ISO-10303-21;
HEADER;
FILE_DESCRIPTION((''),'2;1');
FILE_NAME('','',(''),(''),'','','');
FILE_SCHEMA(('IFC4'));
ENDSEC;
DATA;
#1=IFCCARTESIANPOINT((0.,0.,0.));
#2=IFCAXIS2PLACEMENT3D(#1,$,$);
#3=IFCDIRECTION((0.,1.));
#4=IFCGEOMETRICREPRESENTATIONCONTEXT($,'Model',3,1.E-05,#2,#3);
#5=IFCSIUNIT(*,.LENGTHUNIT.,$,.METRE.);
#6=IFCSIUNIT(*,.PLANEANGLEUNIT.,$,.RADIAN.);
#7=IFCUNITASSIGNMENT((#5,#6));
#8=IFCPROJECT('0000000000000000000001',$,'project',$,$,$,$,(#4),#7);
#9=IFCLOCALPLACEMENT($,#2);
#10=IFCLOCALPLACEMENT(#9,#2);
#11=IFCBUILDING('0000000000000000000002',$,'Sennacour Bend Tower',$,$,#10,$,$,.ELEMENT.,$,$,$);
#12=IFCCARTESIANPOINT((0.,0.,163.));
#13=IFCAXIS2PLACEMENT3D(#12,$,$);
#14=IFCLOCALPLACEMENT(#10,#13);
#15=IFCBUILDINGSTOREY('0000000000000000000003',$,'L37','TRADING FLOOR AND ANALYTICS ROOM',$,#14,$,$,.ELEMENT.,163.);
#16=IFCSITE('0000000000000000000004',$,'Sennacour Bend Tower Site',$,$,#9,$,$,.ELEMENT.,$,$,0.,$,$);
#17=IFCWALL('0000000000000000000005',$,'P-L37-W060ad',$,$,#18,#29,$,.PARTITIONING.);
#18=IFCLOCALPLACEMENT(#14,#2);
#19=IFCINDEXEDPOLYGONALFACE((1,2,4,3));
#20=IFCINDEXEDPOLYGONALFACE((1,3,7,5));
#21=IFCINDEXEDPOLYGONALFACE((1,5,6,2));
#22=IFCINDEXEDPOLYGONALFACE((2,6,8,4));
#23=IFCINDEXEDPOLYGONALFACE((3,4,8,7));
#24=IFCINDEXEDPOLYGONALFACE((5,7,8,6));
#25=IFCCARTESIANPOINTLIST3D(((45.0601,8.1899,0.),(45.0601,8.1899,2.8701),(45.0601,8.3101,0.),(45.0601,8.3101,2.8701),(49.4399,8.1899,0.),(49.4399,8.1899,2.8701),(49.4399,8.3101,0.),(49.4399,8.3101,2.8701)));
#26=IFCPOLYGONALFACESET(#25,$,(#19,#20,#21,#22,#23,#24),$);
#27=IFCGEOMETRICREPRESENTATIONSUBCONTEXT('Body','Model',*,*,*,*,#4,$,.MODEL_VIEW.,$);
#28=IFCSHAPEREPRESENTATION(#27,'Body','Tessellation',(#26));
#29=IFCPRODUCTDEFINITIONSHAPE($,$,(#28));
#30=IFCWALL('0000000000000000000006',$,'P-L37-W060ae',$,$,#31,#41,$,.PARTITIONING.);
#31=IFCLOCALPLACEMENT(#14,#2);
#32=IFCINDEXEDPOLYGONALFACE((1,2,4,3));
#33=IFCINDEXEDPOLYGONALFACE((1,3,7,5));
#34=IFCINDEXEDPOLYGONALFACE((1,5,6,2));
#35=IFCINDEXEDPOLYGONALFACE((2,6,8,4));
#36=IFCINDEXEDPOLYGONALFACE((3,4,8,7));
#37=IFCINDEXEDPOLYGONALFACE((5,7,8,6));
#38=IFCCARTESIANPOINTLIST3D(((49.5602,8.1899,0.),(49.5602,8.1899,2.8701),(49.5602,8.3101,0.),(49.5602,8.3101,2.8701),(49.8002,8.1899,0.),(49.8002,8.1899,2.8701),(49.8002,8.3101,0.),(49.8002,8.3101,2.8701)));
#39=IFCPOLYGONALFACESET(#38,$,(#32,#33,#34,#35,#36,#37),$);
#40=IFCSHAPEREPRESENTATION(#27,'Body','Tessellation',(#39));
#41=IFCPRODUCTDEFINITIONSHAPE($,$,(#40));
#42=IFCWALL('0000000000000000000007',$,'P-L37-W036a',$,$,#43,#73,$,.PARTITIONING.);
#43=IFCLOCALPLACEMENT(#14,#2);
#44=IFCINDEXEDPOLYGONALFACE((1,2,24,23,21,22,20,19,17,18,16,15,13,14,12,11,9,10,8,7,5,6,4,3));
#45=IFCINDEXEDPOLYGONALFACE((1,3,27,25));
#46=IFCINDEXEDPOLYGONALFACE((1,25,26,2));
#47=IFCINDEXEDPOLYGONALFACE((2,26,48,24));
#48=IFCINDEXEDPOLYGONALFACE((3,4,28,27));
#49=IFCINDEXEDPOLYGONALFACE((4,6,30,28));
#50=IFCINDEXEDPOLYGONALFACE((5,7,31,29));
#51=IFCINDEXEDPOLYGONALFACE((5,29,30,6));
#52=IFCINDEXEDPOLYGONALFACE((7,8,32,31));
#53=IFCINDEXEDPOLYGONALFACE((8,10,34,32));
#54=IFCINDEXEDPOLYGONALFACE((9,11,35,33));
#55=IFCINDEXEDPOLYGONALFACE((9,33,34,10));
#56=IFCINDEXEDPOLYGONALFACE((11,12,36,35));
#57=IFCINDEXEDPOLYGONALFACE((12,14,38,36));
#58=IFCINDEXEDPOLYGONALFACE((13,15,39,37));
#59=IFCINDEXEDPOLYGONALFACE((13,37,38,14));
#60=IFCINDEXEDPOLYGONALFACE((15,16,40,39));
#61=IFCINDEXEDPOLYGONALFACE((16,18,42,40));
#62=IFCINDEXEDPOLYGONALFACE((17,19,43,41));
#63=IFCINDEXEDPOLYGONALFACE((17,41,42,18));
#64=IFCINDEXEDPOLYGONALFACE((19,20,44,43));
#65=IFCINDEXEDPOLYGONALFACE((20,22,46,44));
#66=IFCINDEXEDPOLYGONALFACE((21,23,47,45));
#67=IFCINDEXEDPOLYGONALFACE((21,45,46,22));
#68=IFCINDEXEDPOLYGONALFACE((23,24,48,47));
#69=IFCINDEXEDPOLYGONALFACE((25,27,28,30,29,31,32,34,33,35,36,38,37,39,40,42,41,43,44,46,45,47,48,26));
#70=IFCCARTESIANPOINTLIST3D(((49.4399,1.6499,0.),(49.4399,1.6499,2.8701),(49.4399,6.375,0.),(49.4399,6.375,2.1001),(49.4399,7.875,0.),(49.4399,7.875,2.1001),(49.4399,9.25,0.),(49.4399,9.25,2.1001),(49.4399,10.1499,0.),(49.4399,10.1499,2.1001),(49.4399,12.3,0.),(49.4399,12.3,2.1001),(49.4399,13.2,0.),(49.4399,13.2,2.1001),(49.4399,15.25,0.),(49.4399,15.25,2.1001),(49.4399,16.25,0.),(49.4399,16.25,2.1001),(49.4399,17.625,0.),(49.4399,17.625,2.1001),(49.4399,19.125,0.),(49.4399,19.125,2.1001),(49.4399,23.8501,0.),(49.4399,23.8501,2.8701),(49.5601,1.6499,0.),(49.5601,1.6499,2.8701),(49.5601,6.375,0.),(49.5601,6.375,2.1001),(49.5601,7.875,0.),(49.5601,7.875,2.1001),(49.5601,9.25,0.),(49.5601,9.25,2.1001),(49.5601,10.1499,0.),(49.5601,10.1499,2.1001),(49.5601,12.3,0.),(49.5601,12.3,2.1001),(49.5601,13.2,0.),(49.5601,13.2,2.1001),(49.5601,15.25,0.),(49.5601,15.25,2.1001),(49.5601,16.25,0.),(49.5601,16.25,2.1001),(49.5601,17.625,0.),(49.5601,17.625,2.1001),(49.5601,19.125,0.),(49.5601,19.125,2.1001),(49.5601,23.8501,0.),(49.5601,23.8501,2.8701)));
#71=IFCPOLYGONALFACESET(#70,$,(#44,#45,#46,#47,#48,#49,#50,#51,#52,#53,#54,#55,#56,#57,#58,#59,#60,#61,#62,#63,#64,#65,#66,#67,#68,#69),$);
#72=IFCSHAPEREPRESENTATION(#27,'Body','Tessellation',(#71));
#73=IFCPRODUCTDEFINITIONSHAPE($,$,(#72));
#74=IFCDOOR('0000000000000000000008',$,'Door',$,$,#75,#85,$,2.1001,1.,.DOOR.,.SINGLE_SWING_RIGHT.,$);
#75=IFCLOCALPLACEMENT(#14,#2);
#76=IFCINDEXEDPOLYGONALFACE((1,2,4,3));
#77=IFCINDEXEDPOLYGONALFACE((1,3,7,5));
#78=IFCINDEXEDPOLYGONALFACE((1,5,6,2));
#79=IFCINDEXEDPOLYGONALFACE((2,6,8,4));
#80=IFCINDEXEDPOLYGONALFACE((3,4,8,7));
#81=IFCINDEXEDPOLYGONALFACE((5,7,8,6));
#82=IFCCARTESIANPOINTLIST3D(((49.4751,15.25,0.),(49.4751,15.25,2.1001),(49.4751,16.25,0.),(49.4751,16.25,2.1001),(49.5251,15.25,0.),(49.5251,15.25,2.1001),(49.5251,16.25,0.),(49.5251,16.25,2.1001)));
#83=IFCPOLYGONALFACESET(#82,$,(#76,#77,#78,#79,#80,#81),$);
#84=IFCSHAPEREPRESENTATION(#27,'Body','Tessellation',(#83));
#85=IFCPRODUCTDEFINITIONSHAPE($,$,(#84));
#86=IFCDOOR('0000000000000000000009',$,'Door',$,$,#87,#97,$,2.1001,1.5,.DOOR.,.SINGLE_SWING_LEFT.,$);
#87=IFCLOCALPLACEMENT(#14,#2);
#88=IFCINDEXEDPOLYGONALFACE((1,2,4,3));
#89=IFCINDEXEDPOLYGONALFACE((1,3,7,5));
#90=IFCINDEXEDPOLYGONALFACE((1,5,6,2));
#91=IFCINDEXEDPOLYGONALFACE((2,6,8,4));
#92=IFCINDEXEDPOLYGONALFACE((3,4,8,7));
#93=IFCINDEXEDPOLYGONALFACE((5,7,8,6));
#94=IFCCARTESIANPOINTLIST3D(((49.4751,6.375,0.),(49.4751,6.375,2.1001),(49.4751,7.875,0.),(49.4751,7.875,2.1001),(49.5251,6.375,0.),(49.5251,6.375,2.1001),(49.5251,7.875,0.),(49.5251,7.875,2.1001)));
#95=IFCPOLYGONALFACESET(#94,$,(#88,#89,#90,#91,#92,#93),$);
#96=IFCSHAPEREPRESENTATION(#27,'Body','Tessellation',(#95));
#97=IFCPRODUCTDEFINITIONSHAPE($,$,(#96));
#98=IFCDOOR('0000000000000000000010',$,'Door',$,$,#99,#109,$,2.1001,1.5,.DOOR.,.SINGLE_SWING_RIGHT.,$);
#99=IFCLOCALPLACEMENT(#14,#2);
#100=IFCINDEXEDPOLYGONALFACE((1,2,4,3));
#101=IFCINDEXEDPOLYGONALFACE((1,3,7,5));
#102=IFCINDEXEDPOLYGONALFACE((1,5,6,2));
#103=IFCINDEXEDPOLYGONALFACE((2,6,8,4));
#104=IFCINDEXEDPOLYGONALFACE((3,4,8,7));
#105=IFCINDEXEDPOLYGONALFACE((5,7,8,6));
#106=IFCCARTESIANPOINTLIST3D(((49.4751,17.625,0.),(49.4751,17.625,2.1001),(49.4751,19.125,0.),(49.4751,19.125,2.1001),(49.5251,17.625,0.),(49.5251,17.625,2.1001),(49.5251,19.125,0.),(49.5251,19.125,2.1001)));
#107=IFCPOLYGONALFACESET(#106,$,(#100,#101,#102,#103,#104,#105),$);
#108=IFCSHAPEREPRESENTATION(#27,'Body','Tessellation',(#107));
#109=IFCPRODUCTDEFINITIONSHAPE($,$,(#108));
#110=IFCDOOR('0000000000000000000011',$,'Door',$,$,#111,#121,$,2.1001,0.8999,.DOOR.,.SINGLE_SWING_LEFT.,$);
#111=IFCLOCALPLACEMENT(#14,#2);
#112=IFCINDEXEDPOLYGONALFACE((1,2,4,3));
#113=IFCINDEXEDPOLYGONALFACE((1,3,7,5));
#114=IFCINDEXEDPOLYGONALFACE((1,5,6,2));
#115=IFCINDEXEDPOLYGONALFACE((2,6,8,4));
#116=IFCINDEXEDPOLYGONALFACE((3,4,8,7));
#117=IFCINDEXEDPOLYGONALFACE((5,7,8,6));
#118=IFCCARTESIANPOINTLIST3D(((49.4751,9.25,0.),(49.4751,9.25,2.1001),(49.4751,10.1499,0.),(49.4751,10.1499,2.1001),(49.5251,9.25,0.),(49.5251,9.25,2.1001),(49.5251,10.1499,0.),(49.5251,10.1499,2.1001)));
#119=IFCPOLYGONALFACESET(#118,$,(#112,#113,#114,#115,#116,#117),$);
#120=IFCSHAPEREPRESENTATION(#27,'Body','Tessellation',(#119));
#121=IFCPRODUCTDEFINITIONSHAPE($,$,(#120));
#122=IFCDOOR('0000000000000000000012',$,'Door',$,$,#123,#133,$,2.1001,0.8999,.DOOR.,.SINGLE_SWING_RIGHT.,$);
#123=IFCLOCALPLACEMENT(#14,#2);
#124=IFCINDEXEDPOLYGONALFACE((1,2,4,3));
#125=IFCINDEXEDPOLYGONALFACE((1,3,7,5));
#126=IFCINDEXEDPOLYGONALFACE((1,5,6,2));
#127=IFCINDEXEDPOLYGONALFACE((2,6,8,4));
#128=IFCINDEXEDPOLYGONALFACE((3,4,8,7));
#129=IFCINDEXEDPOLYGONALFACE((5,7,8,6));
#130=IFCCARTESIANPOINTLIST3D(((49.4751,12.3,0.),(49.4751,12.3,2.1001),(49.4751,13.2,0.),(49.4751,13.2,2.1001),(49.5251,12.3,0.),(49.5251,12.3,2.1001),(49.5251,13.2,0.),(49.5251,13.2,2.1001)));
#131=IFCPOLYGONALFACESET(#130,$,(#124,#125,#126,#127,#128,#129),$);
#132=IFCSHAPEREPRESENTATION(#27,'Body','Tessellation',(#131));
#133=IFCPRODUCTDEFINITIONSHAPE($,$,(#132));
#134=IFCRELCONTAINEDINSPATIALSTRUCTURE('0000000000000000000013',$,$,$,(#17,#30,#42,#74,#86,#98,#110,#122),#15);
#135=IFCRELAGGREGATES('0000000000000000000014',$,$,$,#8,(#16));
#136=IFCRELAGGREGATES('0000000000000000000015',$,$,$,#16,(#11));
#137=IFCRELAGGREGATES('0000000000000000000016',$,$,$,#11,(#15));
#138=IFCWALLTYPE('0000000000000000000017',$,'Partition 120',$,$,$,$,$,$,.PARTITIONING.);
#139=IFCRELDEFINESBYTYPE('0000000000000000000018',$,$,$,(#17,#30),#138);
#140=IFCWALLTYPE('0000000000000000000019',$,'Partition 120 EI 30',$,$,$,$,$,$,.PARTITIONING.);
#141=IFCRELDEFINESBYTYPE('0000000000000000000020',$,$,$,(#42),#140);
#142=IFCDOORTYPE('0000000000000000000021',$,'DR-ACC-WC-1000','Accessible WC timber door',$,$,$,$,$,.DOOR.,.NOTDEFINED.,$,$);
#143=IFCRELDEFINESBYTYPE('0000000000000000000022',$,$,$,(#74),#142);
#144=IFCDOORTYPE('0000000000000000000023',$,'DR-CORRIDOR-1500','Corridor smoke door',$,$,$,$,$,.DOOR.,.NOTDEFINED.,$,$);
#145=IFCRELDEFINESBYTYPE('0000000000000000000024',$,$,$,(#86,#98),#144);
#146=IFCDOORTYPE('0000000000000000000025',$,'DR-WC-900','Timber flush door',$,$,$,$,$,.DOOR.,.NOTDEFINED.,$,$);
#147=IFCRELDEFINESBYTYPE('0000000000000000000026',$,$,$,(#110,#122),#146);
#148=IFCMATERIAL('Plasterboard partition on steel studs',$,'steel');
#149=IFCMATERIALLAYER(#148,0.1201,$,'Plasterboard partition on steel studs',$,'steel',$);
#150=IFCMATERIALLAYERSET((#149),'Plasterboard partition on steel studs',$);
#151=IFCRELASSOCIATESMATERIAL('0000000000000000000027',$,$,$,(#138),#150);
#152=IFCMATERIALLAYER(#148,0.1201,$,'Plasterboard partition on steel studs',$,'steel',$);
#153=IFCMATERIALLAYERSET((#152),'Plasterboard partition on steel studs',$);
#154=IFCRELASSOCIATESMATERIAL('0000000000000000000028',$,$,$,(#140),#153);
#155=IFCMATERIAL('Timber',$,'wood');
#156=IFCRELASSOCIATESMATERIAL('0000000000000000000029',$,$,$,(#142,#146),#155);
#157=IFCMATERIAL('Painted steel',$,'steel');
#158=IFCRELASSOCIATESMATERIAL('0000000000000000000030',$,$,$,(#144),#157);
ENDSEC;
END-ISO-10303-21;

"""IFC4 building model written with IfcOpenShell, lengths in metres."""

from ifc_helpers import new_model, si_unit, direction, frame, frame_2d, origin, place, context, subcontext, project, spatial, rectangle, extrude, material, layer, layer_set, type_object, element, fill, save


model = new_model("IFC4")

# Units and contexts
model_context = context("Model", 3, precision=1e-05, world=origin(), true_north=direction((0.0, 1.0)))
body_context = subcontext(model_context, "Body", "Model", "MODEL_VIEW")
ifc_project = project(units=[si_unit("LENGTHUNIT", "METRE"), si_unit("PLANEANGLEUNIT", "RADIAN")], contexts=[model_context])

# Site, building, storey
site_placement = place(None, origin())
site = spatial("IfcSite", under=ifc_project, at=site_placement, Name="Sennacour Bend Tower Site", CompositionType="ELEMENT", RefElevation=0.0)
building_placement = place(site_placement, origin())
building = spatial("IfcBuilding", under=site, at=building_placement, Name="Sennacour Bend Tower", CompositionType="ELEMENT")
storey_placement = place(building_placement, frame((0.0, 0.0, 163.0)))
storey = spatial("IfcBuildingStorey", under=building, at=storey_placement, Name="L37", Description="TRADING FLOOR AND ANALYTICS ROOM", CompositionType="ELEMENT", Elevation=163.0)

# Walls
ifc_material_1 = material(Name="Plasterboard partition on steel studs", Category="steel")
ifc_layer_1 = layer(ifc_material_1, 0.1201, Name="Plasterboard partition on steel studs", Category="steel")
ifc_layer_set_1 = layer_set([ifc_layer_1], Name="Plasterboard partition on steel studs")
wall_type_1 = type_object("IfcWallType", Name="Partition 120", PredefinedType="PARTITIONING", material=ifc_layer_set_1)
wall_1_placement = place(storey_placement, frame((45.0601, 8.25, 0.0), z_axis=(0.0, 0.0, 1.0), x_axis=(1.0, 0.0, 0.0)))
element("IfcWall", 1, at=wall_1_placement, inside=storey, type_object=wall_type_1, Name="P-L37-W060ad", PredefinedType="PARTITIONING", context=body_context, shape_type="SweptSolid", body=[
    extrude(rectangle(XDim=4.3799, YDim=0.1201, at=frame_2d((2.1899, 0.0))), origin(), (0.0, 0.0, 1.0), 2.8701),
])
wall_2_placement = place(storey_placement, frame((49.5601, 8.25, 0.0), z_axis=(0.0, 0.0, 1.0), x_axis=(1.0, 0.0, 0.0)))
element("IfcWall", 2, at=wall_2_placement, inside=storey, type_object=wall_type_1, Name="P-L37-W060ae", PredefinedType="PARTITIONING", context=body_context, shape_type="SweptSolid", body=[
    extrude(rectangle(XDim=0.24, YDim=0.1201, at=frame_2d((0.1201, 0.0))), origin(), (0.0, 0.0, 1.0), 2.8701),
])

# Wall, openings, doors
ifc_layer_2 = layer(ifc_material_1, 0.1201, Name="Plasterboard partition on steel studs", Category="steel")
ifc_layer_set_2 = layer_set([ifc_layer_2], Name="Plasterboard partition on steel studs")
wall_type_2 = type_object("IfcWallType", Name="Partition 120 EI 30", PredefinedType="PARTITIONING", material=ifc_layer_set_2)
wall_3_placement = place(storey_placement, frame((49.5, 1.6499, 0.0), z_axis=(0.0, 0.0, 1.0), x_axis=(0.0, 1.0, 0.0)))
wall_3 = element("IfcWall", 3, at=wall_3_placement, inside=storey, type_object=wall_type_2, Name="P-L37-W036a", PredefinedType="PARTITIONING", context=body_context, shape_type="SweptSolid", body=[
    extrude(rectangle(XDim=22.2002, YDim=0.1201, at=frame_2d((11.1001, 0.0))), origin(), (0.0, 0.0, 1.0), 2.8701),
])
opening_1_placement = place(wall_3_placement, frame((4.7251, 0.0, 0.0)))
opening_1 = element("IfcOpeningElement", 4, at=opening_1_placement, cuts=wall_3, PredefinedType="OPENING", context=body_context, shape_type="SweptSolid", body=[
    extrude(rectangle(XDim=1.5, YDim=2.1001, at=frame_2d((0.75, 1.05))), frame((0.0, 0.0701, 0.0), z_axis=(0.0, -1.0, 0.0), x_axis=(1.0, 0.0, 0.0)), (0.0, 0.0, 1.0), 0.1401),
])
opening_2_placement = place(wall_3_placement, frame((15.9751, 0.0, 0.0)))
opening_2 = element("IfcOpeningElement", 5, at=opening_2_placement, cuts=wall_3, PredefinedType="OPENING", context=body_context, shape_type="SweptSolid", body=[
    extrude(rectangle(XDim=1.5, YDim=2.1001, at=frame_2d((0.75, 1.05))), frame((0.0, 0.0701, 0.0), z_axis=(0.0, -1.0, 0.0), x_axis=(1.0, 0.0, 0.0)), (0.0, 0.0, 1.0), 0.1401),
])
opening_3_placement = place(wall_3_placement, frame((7.6001, 0.0, 0.0)))
opening_3 = element("IfcOpeningElement", 6, at=opening_3_placement, cuts=wall_3, PredefinedType="OPENING", context=body_context, shape_type="SweptSolid", body=[
    extrude(rectangle(XDim=0.8999, YDim=2.1001, at=frame_2d((0.45, 1.05))), frame((0.0, 0.0701, 0.0), z_axis=(0.0, -1.0, 0.0), x_axis=(1.0, 0.0, 0.0)), (0.0, 0.0, 1.0), 0.1401),
])
opening_4_placement = place(wall_3_placement, frame((10.6501, 0.0, 0.0)))
opening_4 = element("IfcOpeningElement", 7, at=opening_4_placement, cuts=wall_3, PredefinedType="OPENING", context=body_context, shape_type="SweptSolid", body=[
    extrude(rectangle(XDim=0.8999, YDim=2.1001, at=frame_2d((0.45, 1.05))), frame((0.0, 0.0701, 0.0), z_axis=(0.0, -1.0, 0.0), x_axis=(1.0, 0.0, 0.0)), (0.0, 0.0, 1.0), 0.1401),
])
opening_5_placement = place(wall_3_placement, frame((13.6001, 0.0, 0.0)))
opening_5 = element("IfcOpeningElement", 8, at=opening_5_placement, cuts=wall_3, PredefinedType="OPENING", context=body_context, shape_type="SweptSolid", body=[
    extrude(rectangle(XDim=1.0, YDim=2.1001, at=frame_2d((0.5, 1.05))), frame((0.0, 0.0701, 0.0), z_axis=(0.0, -1.0, 0.0), x_axis=(1.0, 0.0, 0.0)), (0.0, 0.0, 1.0), 0.1401),
])
ifc_material_2 = material(Name="Timber", Category="wood")
door_type_1 = type_object("IfcDoorType", Name="DR-ACC-WC-1000", Description="Accessible WC timber door", OperationType="NOTDEFINED", PredefinedType="DOOR", material=ifc_material_2)
door_1_placement = place(opening_5_placement, origin())
door_1 = element("IfcDoor", 9, at=door_1_placement, inside=storey, type_object=door_type_1, Name="Door", OperationType="SINGLE_SWING_RIGHT", OverallHeight=2.1001, OverallWidth=1.0, PredefinedType="DOOR", context=body_context, shape_type="SweptSolid", body=[
    extrude(rectangle(XDim=1.0, YDim=2.1001, at=frame_2d((0.5, 1.05))), frame((0.0, 0.0249, 0.0), z_axis=(0.0, -1.0, 0.0), x_axis=(1.0, 0.0, 0.0)), (0.0, 0.0, 1.0), 0.05),
])
fill(opening_5, door_1)
ifc_material_3 = material(Name="Painted steel", Category="steel")
door_type_2 = type_object("IfcDoorType", Name="DR-CORRIDOR-1500", Description="Corridor smoke door", OperationType="NOTDEFINED", PredefinedType="DOOR", material=ifc_material_3)
door_2_placement = place(opening_1_placement, origin())
door_2 = element("IfcDoor", 10, at=door_2_placement, inside=storey, type_object=door_type_2, Name="Door", OperationType="SINGLE_SWING_LEFT", OverallHeight=2.1001, OverallWidth=1.5, PredefinedType="DOOR", context=body_context, shape_type="SweptSolid", body=[
    extrude(rectangle(XDim=1.5, YDim=2.1001, at=frame_2d((0.75, 1.05))), frame((0.0, 0.0249, 0.0), z_axis=(0.0, -1.0, 0.0), x_axis=(1.0, 0.0, 0.0)), (0.0, 0.0, 1.0), 0.05),
])
fill(opening_1, door_2)
door_3_placement = place(opening_2_placement, origin())
door_3 = element("IfcDoor", 11, at=door_3_placement, inside=storey, type_object=door_type_2, Name="Door", OperationType="SINGLE_SWING_RIGHT", OverallHeight=2.1001, OverallWidth=1.5, PredefinedType="DOOR", context=body_context, shape_type="SweptSolid", body=[
    extrude(rectangle(XDim=1.5, YDim=2.1001, at=frame_2d((0.75, 1.05))), frame((0.0, 0.0249, 0.0), z_axis=(0.0, -1.0, 0.0), x_axis=(1.0, 0.0, 0.0)), (0.0, 0.0, 1.0), 0.05),
])
fill(opening_2, door_3)
door_type_3 = type_object("IfcDoorType", Name="DR-WC-900", Description="Timber flush door", OperationType="NOTDEFINED", PredefinedType="DOOR", material=ifc_material_2)
door_4_placement = place(opening_3_placement, origin())
door_4 = element("IfcDoor", 12, at=door_4_placement, inside=storey, type_object=door_type_3, Name="Door", OperationType="SINGLE_SWING_LEFT", OverallHeight=2.1001, OverallWidth=0.8999, PredefinedType="DOOR", context=body_context, shape_type="SweptSolid", body=[
    extrude(rectangle(XDim=0.8999, YDim=2.1001, at=frame_2d((0.45, 1.05))), frame((0.0, 0.0249, 0.0), z_axis=(0.0, -1.0, 0.0), x_axis=(1.0, 0.0, 0.0)), (0.0, 0.0, 1.0), 0.05),
])
fill(opening_3, door_4)
door_5_placement = place(opening_4_placement, origin())
door_5 = element("IfcDoor", 13, at=door_5_placement, inside=storey, type_object=door_type_3, Name="Door", OperationType="SINGLE_SWING_RIGHT", OverallHeight=2.1001, OverallWidth=0.8999, PredefinedType="DOOR", context=body_context, shape_type="SweptSolid", body=[
    extrude(rectangle(XDim=0.8999, YDim=2.1001, at=frame_2d((0.45, 1.05))), frame((0.0, 0.0249, 0.0), z_axis=(0.0, -1.0, 0.0), x_axis=(1.0, 0.0, 0.0)), (0.0, 0.0, 1.0), 0.05),
])
fill(opening_4, door_5)

save(model, "model.ifc")
